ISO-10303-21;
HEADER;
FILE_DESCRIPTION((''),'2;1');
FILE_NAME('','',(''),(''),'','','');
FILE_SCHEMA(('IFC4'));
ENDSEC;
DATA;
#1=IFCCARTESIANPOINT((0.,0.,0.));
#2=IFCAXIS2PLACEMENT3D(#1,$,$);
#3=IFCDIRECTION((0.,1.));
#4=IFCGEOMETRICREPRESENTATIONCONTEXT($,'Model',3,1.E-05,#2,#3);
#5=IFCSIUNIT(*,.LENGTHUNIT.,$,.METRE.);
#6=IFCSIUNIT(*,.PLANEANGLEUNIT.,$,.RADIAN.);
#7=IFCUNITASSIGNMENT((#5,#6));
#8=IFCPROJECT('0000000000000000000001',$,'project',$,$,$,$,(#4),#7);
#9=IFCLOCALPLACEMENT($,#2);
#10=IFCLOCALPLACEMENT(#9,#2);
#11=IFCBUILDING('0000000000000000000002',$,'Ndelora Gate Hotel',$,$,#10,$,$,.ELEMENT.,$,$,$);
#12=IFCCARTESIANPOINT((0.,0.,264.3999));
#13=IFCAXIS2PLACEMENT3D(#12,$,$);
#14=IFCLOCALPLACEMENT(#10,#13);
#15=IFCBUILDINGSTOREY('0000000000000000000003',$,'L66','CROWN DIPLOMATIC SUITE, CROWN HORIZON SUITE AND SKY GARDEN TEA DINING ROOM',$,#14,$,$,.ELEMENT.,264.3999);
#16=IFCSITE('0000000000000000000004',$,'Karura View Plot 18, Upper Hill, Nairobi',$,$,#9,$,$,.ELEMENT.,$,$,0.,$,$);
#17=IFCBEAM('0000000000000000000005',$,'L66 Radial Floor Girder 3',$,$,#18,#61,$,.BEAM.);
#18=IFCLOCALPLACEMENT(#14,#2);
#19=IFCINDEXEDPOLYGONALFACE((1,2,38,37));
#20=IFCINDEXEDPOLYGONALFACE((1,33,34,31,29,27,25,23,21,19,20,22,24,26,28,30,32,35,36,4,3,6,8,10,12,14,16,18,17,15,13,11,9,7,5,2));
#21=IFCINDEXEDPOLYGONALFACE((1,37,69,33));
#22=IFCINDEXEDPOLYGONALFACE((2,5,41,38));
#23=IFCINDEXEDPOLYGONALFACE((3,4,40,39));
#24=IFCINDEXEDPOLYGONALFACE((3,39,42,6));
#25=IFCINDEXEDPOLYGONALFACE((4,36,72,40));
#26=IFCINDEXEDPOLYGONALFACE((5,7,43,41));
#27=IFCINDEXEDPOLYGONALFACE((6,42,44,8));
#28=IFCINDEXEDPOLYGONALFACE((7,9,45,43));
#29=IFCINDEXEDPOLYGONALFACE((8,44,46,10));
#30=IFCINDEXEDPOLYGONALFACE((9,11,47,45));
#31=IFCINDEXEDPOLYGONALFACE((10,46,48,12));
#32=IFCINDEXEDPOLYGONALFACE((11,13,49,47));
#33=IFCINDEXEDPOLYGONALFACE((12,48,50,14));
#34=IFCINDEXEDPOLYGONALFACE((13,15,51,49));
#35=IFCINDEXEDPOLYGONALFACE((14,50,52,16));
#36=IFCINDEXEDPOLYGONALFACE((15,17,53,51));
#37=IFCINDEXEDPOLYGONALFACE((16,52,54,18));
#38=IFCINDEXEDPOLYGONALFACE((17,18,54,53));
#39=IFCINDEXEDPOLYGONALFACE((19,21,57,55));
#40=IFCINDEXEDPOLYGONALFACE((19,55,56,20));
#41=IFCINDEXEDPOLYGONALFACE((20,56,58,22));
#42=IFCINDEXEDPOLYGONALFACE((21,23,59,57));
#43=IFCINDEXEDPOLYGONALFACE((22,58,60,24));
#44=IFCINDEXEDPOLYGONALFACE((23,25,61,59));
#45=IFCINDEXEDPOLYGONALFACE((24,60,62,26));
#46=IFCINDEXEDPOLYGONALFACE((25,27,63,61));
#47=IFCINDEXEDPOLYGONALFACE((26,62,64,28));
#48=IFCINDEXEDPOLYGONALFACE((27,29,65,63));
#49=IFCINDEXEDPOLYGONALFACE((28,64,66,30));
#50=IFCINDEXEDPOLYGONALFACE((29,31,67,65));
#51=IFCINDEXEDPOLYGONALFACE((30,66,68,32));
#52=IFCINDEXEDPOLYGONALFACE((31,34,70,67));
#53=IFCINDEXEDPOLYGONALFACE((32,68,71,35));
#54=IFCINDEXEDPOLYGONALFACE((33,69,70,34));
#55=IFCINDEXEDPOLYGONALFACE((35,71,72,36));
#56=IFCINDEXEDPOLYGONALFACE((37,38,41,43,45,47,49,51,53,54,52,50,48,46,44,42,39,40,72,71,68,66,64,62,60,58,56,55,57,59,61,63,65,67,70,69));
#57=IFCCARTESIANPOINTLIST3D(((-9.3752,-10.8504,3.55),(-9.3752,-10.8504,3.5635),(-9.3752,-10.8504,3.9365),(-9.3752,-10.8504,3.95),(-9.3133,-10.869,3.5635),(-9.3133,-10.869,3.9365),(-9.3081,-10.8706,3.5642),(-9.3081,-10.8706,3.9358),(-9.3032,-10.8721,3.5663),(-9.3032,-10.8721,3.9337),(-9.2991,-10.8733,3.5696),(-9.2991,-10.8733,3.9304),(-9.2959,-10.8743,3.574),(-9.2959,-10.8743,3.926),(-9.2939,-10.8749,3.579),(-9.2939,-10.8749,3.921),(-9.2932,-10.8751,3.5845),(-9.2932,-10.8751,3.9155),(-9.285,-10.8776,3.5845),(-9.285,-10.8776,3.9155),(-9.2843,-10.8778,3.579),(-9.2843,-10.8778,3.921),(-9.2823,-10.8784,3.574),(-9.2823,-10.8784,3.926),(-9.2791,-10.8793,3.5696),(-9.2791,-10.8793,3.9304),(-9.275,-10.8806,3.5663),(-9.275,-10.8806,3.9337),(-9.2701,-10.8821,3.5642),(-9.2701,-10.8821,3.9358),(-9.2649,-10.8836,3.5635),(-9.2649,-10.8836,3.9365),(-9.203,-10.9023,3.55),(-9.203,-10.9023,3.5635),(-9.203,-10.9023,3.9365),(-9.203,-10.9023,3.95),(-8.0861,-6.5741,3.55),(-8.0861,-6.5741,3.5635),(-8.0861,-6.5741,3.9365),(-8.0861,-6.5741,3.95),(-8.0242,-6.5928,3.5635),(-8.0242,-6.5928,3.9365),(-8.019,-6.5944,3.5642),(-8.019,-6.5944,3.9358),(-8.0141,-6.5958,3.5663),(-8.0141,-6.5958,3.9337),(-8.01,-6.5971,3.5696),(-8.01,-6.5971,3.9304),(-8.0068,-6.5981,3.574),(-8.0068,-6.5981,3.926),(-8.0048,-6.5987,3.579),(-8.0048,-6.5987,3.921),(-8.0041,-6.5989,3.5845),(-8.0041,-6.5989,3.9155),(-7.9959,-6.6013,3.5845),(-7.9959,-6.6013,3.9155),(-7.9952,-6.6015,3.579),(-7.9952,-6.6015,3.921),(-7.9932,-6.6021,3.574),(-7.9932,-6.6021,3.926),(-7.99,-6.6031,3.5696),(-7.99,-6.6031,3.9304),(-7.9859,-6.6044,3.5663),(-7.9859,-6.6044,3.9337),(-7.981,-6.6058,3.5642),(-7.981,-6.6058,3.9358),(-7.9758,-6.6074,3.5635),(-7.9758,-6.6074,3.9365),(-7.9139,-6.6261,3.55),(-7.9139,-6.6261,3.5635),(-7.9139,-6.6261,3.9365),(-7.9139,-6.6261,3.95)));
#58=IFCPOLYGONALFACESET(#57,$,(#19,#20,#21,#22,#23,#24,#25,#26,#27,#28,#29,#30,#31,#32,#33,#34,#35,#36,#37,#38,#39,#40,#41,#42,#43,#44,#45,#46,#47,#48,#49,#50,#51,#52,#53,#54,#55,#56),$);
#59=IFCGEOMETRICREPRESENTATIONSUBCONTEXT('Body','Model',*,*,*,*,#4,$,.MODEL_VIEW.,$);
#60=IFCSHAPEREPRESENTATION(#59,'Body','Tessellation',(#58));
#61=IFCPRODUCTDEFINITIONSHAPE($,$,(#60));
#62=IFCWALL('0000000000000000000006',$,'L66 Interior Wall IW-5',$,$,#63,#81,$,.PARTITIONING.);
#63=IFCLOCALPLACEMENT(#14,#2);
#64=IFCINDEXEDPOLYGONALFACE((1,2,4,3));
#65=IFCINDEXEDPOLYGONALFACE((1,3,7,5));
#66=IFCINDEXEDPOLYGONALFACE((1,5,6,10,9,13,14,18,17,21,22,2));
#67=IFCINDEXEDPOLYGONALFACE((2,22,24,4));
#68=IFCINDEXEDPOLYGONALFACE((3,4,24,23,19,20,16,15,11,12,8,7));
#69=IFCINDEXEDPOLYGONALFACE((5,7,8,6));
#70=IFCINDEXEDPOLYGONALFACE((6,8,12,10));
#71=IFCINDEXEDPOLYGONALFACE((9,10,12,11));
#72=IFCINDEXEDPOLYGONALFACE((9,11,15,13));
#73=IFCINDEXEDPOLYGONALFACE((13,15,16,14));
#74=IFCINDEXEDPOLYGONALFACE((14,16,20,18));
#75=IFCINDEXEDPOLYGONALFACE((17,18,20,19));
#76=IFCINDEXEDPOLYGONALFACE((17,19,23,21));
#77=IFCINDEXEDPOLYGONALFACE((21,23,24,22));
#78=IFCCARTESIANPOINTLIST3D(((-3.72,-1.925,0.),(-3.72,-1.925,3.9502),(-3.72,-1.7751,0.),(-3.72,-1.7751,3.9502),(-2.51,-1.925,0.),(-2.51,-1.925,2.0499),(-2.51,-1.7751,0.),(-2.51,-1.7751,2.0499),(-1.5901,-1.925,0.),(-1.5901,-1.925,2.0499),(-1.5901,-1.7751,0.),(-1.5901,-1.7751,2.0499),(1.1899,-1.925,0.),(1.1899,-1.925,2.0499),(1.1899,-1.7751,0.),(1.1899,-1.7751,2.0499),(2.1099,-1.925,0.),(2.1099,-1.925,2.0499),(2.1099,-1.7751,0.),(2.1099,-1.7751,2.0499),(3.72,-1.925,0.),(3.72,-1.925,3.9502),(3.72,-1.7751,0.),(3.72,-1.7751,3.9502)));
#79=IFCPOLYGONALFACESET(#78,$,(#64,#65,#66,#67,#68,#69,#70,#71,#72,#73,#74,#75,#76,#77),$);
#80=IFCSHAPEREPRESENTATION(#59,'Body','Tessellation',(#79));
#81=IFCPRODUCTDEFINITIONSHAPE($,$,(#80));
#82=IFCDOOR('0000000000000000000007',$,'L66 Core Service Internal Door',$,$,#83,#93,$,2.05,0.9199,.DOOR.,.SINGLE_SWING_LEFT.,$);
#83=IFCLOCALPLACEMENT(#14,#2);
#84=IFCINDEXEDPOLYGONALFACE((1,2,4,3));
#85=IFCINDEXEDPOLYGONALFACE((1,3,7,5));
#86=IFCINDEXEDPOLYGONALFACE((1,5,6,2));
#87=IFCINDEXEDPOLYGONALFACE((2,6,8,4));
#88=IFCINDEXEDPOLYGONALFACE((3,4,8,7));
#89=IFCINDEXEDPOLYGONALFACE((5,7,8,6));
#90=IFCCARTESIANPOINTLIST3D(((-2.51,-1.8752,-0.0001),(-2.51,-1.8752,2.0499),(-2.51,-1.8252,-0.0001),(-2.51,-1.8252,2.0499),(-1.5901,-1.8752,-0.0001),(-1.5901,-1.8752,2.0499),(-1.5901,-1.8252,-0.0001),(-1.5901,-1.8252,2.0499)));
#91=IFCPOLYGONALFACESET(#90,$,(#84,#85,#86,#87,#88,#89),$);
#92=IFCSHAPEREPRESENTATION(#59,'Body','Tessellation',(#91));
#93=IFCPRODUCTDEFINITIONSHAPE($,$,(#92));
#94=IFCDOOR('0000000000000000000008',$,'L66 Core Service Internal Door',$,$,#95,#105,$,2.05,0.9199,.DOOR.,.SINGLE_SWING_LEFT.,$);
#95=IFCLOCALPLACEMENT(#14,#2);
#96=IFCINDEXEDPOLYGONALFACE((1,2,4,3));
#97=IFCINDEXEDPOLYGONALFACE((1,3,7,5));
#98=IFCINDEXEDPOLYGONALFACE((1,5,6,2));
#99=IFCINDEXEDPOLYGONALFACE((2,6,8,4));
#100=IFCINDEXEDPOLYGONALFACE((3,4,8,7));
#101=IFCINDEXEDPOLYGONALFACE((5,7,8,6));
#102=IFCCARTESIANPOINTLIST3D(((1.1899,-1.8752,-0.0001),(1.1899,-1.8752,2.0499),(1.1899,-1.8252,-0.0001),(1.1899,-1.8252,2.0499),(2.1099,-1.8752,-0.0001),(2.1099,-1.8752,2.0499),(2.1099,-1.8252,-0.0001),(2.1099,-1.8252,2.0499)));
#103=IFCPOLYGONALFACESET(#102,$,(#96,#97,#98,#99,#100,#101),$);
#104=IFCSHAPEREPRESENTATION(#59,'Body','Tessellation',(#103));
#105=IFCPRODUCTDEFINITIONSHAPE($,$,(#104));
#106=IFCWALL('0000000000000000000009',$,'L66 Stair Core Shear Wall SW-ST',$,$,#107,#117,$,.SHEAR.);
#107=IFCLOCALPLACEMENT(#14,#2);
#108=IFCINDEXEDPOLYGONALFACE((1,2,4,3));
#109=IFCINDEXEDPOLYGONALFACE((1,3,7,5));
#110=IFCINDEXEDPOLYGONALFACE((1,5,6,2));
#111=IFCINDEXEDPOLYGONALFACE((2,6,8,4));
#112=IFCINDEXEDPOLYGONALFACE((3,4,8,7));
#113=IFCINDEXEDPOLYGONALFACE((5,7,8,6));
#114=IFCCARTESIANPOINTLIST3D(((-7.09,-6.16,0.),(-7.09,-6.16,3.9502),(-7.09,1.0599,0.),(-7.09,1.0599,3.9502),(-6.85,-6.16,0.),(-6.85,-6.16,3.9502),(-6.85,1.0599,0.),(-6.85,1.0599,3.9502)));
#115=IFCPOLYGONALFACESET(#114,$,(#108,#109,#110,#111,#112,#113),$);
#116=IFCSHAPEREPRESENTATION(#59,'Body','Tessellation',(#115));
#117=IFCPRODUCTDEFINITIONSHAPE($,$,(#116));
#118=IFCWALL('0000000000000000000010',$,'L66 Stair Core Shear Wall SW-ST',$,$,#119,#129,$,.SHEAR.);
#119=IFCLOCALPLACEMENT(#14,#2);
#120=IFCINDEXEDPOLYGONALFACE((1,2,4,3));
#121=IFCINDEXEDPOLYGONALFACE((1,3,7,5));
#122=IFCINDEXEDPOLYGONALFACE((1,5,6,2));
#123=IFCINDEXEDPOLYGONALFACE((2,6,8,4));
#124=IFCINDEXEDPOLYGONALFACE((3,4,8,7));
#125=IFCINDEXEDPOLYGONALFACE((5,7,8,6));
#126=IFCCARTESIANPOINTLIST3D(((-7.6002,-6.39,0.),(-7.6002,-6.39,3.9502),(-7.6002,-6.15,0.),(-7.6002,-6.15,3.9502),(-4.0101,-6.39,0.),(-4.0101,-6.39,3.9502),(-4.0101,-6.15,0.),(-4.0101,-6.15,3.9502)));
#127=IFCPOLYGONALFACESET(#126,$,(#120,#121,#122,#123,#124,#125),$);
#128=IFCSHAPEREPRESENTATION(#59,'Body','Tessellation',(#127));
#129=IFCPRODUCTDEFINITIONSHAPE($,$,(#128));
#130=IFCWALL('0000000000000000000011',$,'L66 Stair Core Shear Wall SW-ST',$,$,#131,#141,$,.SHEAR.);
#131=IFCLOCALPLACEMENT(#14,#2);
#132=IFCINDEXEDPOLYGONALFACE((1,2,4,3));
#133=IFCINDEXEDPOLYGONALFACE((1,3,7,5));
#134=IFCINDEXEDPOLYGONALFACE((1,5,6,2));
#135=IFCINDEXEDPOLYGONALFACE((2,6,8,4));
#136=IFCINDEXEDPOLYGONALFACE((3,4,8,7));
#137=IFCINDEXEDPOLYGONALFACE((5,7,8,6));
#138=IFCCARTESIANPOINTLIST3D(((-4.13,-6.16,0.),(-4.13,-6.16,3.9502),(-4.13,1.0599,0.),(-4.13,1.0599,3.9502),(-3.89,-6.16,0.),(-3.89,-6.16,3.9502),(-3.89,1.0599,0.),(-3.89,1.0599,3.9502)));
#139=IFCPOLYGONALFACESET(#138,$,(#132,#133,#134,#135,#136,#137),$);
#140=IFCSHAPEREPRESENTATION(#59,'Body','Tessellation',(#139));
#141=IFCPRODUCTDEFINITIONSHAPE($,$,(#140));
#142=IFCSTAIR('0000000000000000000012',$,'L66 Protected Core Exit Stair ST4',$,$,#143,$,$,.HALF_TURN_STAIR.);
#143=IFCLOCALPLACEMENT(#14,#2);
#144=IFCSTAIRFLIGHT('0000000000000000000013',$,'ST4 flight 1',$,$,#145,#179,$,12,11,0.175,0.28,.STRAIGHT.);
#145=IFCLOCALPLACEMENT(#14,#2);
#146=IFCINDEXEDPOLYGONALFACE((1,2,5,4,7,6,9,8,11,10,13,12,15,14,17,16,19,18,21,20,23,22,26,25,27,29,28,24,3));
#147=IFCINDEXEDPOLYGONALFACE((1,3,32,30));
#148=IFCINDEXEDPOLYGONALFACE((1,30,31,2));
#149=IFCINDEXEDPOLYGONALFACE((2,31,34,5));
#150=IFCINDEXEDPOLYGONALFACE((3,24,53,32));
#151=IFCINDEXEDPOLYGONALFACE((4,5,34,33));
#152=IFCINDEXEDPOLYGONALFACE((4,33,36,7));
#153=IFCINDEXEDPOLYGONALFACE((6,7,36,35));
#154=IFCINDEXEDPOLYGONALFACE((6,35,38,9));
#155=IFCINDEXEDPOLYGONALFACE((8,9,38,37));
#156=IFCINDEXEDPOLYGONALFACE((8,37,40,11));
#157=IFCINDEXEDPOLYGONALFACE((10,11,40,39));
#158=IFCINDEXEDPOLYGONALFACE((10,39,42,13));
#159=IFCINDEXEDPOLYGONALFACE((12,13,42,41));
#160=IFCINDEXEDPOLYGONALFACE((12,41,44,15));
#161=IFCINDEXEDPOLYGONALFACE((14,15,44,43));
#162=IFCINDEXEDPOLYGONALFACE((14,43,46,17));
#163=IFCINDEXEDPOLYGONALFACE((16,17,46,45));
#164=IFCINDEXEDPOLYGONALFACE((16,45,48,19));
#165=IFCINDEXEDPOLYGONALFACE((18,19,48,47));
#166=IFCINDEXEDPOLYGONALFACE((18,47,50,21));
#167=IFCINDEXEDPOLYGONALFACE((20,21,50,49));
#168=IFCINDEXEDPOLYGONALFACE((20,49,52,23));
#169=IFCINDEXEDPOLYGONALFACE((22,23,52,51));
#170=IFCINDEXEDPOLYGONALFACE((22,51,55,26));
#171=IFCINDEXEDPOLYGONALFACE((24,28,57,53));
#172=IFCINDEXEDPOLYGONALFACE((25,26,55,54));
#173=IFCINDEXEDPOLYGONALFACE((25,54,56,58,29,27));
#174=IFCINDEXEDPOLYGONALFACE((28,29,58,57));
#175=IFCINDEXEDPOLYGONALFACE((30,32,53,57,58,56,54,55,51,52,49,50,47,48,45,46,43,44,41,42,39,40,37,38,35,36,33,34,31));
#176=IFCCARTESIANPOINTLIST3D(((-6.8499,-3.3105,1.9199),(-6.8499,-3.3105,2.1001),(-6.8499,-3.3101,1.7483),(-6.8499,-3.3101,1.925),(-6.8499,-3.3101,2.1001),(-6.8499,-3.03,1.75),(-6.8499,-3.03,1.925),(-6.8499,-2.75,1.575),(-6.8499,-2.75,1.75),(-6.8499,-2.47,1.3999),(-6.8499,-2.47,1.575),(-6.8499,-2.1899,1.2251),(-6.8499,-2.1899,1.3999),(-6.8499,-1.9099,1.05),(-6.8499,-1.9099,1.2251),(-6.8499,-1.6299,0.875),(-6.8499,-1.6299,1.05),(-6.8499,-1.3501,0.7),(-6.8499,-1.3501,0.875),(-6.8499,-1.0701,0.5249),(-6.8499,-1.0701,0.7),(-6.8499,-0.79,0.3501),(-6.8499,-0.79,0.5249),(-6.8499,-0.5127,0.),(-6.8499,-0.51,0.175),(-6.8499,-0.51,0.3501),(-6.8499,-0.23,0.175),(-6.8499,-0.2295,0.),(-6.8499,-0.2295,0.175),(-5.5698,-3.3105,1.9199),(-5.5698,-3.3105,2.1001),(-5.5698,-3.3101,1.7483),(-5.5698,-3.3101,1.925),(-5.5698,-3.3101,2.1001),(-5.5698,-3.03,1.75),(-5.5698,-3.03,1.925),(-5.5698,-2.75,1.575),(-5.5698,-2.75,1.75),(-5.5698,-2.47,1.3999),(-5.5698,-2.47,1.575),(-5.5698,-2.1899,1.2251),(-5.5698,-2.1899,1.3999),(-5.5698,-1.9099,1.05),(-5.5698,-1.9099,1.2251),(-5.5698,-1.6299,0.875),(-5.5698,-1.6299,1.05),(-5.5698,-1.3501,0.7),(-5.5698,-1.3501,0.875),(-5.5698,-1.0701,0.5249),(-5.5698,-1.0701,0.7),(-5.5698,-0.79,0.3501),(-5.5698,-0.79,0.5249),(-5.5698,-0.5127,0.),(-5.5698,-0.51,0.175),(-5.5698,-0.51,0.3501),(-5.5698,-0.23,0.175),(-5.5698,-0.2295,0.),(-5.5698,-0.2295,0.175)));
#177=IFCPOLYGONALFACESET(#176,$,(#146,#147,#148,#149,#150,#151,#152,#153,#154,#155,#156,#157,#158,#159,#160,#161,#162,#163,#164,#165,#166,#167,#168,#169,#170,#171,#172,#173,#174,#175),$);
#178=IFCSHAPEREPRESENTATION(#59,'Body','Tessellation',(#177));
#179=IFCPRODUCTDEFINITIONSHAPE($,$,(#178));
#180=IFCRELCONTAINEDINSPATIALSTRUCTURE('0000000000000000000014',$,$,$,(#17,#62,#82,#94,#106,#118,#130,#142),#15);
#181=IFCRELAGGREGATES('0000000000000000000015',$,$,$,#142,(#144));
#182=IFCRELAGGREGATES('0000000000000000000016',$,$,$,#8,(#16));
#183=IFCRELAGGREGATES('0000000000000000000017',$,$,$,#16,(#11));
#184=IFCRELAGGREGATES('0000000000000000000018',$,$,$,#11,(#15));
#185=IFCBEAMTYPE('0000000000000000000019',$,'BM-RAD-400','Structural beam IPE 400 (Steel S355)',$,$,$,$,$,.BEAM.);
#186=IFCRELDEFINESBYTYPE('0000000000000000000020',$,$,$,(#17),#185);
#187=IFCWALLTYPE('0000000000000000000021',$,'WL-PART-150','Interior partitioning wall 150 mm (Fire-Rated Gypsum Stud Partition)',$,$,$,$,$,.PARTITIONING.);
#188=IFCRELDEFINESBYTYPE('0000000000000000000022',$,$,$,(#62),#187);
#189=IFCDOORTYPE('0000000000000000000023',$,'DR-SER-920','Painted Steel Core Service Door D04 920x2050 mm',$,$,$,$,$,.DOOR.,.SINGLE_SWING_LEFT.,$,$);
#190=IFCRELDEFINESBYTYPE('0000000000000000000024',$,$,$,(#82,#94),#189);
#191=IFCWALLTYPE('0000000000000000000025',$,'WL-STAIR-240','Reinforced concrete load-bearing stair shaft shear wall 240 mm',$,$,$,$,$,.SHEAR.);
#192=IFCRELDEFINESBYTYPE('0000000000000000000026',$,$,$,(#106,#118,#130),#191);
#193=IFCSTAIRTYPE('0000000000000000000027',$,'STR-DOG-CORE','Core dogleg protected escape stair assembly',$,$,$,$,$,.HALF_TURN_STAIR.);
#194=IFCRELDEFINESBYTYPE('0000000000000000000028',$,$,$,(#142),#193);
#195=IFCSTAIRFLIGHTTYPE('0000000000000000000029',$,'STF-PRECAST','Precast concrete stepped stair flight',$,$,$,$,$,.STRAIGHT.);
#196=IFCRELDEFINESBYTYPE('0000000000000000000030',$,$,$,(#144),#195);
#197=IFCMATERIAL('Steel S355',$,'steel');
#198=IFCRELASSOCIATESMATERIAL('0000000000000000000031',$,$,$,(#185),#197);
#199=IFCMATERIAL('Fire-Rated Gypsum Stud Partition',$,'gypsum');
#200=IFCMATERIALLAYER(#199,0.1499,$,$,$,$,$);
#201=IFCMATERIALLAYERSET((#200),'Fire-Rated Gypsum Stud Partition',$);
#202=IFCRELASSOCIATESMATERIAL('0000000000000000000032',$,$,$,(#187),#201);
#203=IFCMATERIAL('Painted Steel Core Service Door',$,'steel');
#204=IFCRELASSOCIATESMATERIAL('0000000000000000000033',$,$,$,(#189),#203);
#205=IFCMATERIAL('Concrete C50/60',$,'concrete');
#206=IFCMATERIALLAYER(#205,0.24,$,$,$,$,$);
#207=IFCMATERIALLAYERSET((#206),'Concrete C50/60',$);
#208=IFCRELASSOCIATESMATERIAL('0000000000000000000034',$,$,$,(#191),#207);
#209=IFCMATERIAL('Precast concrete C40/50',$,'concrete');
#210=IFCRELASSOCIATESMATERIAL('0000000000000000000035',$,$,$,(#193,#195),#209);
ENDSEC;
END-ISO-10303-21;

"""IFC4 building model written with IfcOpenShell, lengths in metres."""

from ifc_helpers import new_model, si_unit, direction, frame, frame_2d, origin, origin_2d, place, context, subcontext, project, spatial, polyline, rectangle, i_section, outline, extrude, material, layer, layer_set, material_profile, profile_set, type_object, element, fill, aggregate, save


model = new_model("IFC4")

# Units and contexts
model_context = context("Model", 3, precision=1e-05, world=origin(), true_north=direction((0.0, 1.0)))
body_context = subcontext(model_context, "Body", "Model", "MODEL_VIEW")
ifc_project = project(units=[si_unit("LENGTHUNIT", "METRE"), si_unit("PLANEANGLEUNIT", "RADIAN")], contexts=[model_context])

# Site, building, storey
site_placement = place(None, origin())
site = spatial("IfcSite", under=ifc_project, at=site_placement, Name="Karura View Plot 18, Upper Hill, Nairobi", CompositionType="ELEMENT", RefElevation=0.0)
building_placement = place(site_placement, origin())
building = spatial("IfcBuilding", under=site, at=building_placement, Name="Ndelora Gate Hotel", CompositionType="ELEMENT")
storey_placement = place(building_placement, frame((0.0, 0.0, 264.3999)))
storey = spatial("IfcBuildingStorey", under=building, at=storey_placement, Name="L66", Description="CROWN DIPLOMATIC SUITE, CROWN HORIZON SUITE AND SKY GARDEN TEA DINING ROOM", CompositionType="ELEMENT", Elevation=264.3999)

# Beam
ifc_material_1 = material(Name="Steel S355", Category="steel")
ifc_material_profile = material_profile(ifc_material_1, i_section(OverallWidth=0.1799, OverallDepth=0.3999, WebThickness=0.0085, FlangeThickness=0.0134, FilletRadius=0.021, at=origin_2d()), Name="IPE 400")
ifc_profile_set = profile_set([ifc_material_profile], Name="Steel S355")
beam_type = type_object("IfcBeamType", Name="BM-RAD-400", Description="Structural beam IPE 400 (Steel S355)", PredefinedType="BEAM", material=ifc_profile_set)
beam_placement = place(storey_placement, frame((-8.0, -6.6001, 3.75), z_axis=(-0.288626, -0.957442, 0.0), x_axis=(0.957442, -0.288626, 0.0)))
element("IfcBeam", 1, at=beam_placement, inside=storey, type_object=beam_type, Name="L66 Radial Floor Girder 3", PredefinedType="BEAM", context=body_context, shape_type="SweptSolid", body=[
    extrude(i_section(OverallWidth=0.1799, OverallDepth=0.3999, WebThickness=0.0085, FlangeThickness=0.0134, FilletRadius=0.021, at=origin_2d()), origin(), (0.0, 0.0, 1.0), 4.4663),
])

# Wall, openings, doors
ifc_material_2 = material(Name="Fire-Rated Gypsum Stud Partition", Category="gypsum")
ifc_layer_1 = layer(ifc_material_2, 0.1499)
ifc_layer_set_1 = layer_set([ifc_layer_1], Name="Fire-Rated Gypsum Stud Partition")
wall_type_1 = type_object("IfcWallType", Name="WL-PART-150", Description="Interior partitioning wall 150 mm (Fire-Rated Gypsum Stud Partition)", PredefinedType="PARTITIONING", material=ifc_layer_set_1)
wall_1_placement = place(storey_placement, frame((-3.72, -1.8501, 0.0), z_axis=(0.0, 0.0, 1.0), x_axis=(1.0, 0.0, 0.0)))
wall_1 = element("IfcWall", 2, at=wall_1_placement, inside=storey, type_object=wall_type_1, Name="L66 Interior Wall IW-5", PredefinedType="PARTITIONING", context=body_context, shape_type="SweptSolid", body=[
    extrude(rectangle(XDim=7.4399, YDim=0.1499, at=frame_2d((3.72, 0.0))), origin(), (0.0, 0.0, 1.0), 3.9502),
])
opening_1_placement = place(wall_1_placement, frame((1.21, 0.0, 0.0)))
opening_1 = element("IfcOpeningElement", 3, at=opening_1_placement, cuts=wall_1, PredefinedType="OPENING", context=body_context, shape_type="SweptSolid", body=[
    extrude(rectangle(XDim=0.9199, YDim=2.05, at=frame_2d((0.46, 1.0249))), frame((0.0, 0.085, 0.0), z_axis=(0.0, -1.0, 0.0), x_axis=(1.0, 0.0, 0.0)), (0.0, 0.0, 1.0), 0.1699),
])
opening_2_placement = place(wall_1_placement, frame((4.9099, 0.0, 0.0)))
opening_2 = element("IfcOpeningElement", 4, at=opening_2_placement, cuts=wall_1, PredefinedType="OPENING", context=body_context, shape_type="SweptSolid", body=[
    extrude(rectangle(XDim=0.9199, YDim=2.05, at=frame_2d((0.46, 1.0249))), frame((0.0, 0.085, 0.0), z_axis=(0.0, -1.0, 0.0), x_axis=(1.0, 0.0, 0.0)), (0.0, 0.0, 1.0), 0.1699),
])
ifc_material_3 = material(Name="Painted Steel Core Service Door", Category="steel")
door_type = type_object("IfcDoorType", Name="DR-SER-920", Description="Painted Steel Core Service Door D04 920x2050 mm", OperationType="SINGLE_SWING_LEFT", PredefinedType="DOOR", material=ifc_material_3)
door_1_placement = place(opening_1_placement, origin())
door_1 = element("IfcDoor", 5, at=door_1_placement, inside=storey, type_object=door_type, Name="L66 Core Service Internal Door", OperationType="SINGLE_SWING_LEFT", OverallHeight=2.05, OverallWidth=0.9199, PredefinedType="DOOR", context=body_context, shape_type="SweptSolid", body=[
    extrude(rectangle(XDim=0.9199, YDim=2.05, at=frame_2d((0.46, 1.0249))), frame((0.0, 0.0249, 0.0), z_axis=(0.0, -1.0, 0.0), x_axis=(1.0, 0.0, 0.0)), (0.0, 0.0, 1.0), 0.05),
])
fill(opening_1, door_1)
door_2_placement = place(opening_2_placement, origin())
door_2 = element("IfcDoor", 6, at=door_2_placement, inside=storey, type_object=door_type, Name="L66 Core Service Internal Door", OperationType="SINGLE_SWING_LEFT", OverallHeight=2.05, OverallWidth=0.9199, PredefinedType="DOOR", context=body_context, shape_type="SweptSolid", body=[
    extrude(rectangle(XDim=0.9199, YDim=2.05, at=frame_2d((0.46, 1.0249))), frame((0.0, 0.0249, 0.0), z_axis=(0.0, -1.0, 0.0), x_axis=(1.0, 0.0, 0.0)), (0.0, 0.0, 1.0), 0.05),
])
fill(opening_2, door_2)

# Walls
ifc_material_4 = material(Name="Concrete C50/60", Category="concrete")
ifc_layer_2 = layer(ifc_material_4, 0.24)
ifc_layer_set_2 = layer_set([ifc_layer_2], Name="Concrete C50/60")
wall_type_2 = type_object("IfcWallType", Name="WL-STAIR-240", Description="Reinforced concrete load-bearing stair shaft shear wall 240 mm", PredefinedType="SHEAR", material=ifc_layer_set_2)
wall_2_placement = place(storey_placement, frame((-6.97, -6.1599, 0.0), z_axis=(0.0, 0.0, 1.0), x_axis=(0.0, 1.0, 0.0)))
element("IfcWall", 7, at=wall_2_placement, inside=storey, type_object=wall_type_2, Name="L66 Stair Core Shear Wall SW-ST", PredefinedType="SHEAR", context=body_context, shape_type="SweptSolid", body=[
    extrude(rectangle(XDim=7.22, YDim=0.24, at=frame_2d((3.6099, 0.0))), origin(), (0.0, 0.0, 1.0), 3.9502),
])
wall_3_placement = place(storey_placement, frame((-7.6001, -6.27, 0.0), z_axis=(0.0, 0.0, 1.0), x_axis=(1.0, 0.0, 0.0)))
element("IfcWall", 8, at=wall_3_placement, inside=storey, type_object=wall_type_2, Name="L66 Stair Core Shear Wall SW-ST", PredefinedType="SHEAR", context=body_context, shape_type="SweptSolid", body=[
    extrude(rectangle(XDim=3.5901, YDim=0.24, at=frame_2d((1.7949, 0.0))), origin(), (0.0, 0.0, 1.0), 3.9502),
])
wall_4_placement = place(storey_placement, frame((-4.01, -6.1599, 0.0), z_axis=(0.0, 0.0, 1.0), x_axis=(0.0, 1.0, 0.0)))
element("IfcWall", 9, at=wall_4_placement, inside=storey, type_object=wall_type_2, Name="L66 Stair Core Shear Wall SW-ST", PredefinedType="SHEAR", context=body_context, shape_type="SweptSolid", body=[
    extrude(rectangle(XDim=7.22, YDim=0.24, at=frame_2d((3.6099, 0.0))), origin(), (0.0, 0.0, 1.0), 3.9502),
])

# Stair, stair flight
ifc_material_5 = material(Name="Precast concrete C40/50", Category="concrete")
stair_type = type_object("IfcStairType", Name="STR-DOG-CORE", Description="Core dogleg protected escape stair assembly", PredefinedType="HALF_TURN_STAIR", material=ifc_material_5)
stair_placement = place(storey_placement, origin())
stair = element("IfcStair", 10, at=stair_placement, inside=storey, type_object=stair_type, Name="L66 Protected Core Exit Stair ST4", PredefinedType="HALF_TURN_STAIR")
stair_flight_type = type_object("IfcStairFlightType", Name="STF-PRECAST", Description="Precast concrete stepped stair flight", PredefinedType="STRAIGHT", material=ifc_material_5)
stair_flight_1_placement = place(storey_placement, frame((-6.21, -0.23, 0.0), z_axis=(0.0, 0.0, 1.0), x_axis=(0.0, -1.0, 0.0)))
stair_flight_1 = element("IfcStairFlight", 11, at=stair_flight_1_placement, type_object=stair_flight_type, Name="ST4 flight 1", NumberOfRisers=12, NumberOfTreads=11, PredefinedType="STRAIGHT", RiserHeight=0.175, TreadLength=0.28, context=body_context, shape_type="SweptSolid", body=[
    extrude(outline(polyline([(-0.0005, 0.0), (-0.0005, 0.175), (0.0, 0.175), (0.28, 0.175), (0.28, 0.3501), (0.5601, 0.3501), (0.5601, 0.5249), (0.8401, 0.5249), (0.8401, 0.7), (1.1201, 0.7), (1.1201, 0.875), (1.3999, 0.875), (1.3999, 1.05), (1.6799, 1.05), (1.6799, 1.2251), (1.96, 1.2251), (1.96, 1.3999), (2.24, 1.3999), (2.24, 1.575), (2.52, 1.575), (2.52, 1.75), (2.8, 1.75), (2.8, 1.925), (3.0801, 1.925), (3.0801, 2.1001), (3.0806, 2.1001), (3.0806, 1.9199), (3.0801, 1.7483), (0.2827, 0.0), (-0.0005, 0.0)])), frame((0.0, 0.6401, 0.0), z_axis=(0.0, -1.0, 0.0), x_axis=(1.0, 0.0, 0.0)), (0.0, 0.0, 1.0), 1.28),
])
aggregate(stair, [stair_flight_1])

save(model, "model.ifc")
